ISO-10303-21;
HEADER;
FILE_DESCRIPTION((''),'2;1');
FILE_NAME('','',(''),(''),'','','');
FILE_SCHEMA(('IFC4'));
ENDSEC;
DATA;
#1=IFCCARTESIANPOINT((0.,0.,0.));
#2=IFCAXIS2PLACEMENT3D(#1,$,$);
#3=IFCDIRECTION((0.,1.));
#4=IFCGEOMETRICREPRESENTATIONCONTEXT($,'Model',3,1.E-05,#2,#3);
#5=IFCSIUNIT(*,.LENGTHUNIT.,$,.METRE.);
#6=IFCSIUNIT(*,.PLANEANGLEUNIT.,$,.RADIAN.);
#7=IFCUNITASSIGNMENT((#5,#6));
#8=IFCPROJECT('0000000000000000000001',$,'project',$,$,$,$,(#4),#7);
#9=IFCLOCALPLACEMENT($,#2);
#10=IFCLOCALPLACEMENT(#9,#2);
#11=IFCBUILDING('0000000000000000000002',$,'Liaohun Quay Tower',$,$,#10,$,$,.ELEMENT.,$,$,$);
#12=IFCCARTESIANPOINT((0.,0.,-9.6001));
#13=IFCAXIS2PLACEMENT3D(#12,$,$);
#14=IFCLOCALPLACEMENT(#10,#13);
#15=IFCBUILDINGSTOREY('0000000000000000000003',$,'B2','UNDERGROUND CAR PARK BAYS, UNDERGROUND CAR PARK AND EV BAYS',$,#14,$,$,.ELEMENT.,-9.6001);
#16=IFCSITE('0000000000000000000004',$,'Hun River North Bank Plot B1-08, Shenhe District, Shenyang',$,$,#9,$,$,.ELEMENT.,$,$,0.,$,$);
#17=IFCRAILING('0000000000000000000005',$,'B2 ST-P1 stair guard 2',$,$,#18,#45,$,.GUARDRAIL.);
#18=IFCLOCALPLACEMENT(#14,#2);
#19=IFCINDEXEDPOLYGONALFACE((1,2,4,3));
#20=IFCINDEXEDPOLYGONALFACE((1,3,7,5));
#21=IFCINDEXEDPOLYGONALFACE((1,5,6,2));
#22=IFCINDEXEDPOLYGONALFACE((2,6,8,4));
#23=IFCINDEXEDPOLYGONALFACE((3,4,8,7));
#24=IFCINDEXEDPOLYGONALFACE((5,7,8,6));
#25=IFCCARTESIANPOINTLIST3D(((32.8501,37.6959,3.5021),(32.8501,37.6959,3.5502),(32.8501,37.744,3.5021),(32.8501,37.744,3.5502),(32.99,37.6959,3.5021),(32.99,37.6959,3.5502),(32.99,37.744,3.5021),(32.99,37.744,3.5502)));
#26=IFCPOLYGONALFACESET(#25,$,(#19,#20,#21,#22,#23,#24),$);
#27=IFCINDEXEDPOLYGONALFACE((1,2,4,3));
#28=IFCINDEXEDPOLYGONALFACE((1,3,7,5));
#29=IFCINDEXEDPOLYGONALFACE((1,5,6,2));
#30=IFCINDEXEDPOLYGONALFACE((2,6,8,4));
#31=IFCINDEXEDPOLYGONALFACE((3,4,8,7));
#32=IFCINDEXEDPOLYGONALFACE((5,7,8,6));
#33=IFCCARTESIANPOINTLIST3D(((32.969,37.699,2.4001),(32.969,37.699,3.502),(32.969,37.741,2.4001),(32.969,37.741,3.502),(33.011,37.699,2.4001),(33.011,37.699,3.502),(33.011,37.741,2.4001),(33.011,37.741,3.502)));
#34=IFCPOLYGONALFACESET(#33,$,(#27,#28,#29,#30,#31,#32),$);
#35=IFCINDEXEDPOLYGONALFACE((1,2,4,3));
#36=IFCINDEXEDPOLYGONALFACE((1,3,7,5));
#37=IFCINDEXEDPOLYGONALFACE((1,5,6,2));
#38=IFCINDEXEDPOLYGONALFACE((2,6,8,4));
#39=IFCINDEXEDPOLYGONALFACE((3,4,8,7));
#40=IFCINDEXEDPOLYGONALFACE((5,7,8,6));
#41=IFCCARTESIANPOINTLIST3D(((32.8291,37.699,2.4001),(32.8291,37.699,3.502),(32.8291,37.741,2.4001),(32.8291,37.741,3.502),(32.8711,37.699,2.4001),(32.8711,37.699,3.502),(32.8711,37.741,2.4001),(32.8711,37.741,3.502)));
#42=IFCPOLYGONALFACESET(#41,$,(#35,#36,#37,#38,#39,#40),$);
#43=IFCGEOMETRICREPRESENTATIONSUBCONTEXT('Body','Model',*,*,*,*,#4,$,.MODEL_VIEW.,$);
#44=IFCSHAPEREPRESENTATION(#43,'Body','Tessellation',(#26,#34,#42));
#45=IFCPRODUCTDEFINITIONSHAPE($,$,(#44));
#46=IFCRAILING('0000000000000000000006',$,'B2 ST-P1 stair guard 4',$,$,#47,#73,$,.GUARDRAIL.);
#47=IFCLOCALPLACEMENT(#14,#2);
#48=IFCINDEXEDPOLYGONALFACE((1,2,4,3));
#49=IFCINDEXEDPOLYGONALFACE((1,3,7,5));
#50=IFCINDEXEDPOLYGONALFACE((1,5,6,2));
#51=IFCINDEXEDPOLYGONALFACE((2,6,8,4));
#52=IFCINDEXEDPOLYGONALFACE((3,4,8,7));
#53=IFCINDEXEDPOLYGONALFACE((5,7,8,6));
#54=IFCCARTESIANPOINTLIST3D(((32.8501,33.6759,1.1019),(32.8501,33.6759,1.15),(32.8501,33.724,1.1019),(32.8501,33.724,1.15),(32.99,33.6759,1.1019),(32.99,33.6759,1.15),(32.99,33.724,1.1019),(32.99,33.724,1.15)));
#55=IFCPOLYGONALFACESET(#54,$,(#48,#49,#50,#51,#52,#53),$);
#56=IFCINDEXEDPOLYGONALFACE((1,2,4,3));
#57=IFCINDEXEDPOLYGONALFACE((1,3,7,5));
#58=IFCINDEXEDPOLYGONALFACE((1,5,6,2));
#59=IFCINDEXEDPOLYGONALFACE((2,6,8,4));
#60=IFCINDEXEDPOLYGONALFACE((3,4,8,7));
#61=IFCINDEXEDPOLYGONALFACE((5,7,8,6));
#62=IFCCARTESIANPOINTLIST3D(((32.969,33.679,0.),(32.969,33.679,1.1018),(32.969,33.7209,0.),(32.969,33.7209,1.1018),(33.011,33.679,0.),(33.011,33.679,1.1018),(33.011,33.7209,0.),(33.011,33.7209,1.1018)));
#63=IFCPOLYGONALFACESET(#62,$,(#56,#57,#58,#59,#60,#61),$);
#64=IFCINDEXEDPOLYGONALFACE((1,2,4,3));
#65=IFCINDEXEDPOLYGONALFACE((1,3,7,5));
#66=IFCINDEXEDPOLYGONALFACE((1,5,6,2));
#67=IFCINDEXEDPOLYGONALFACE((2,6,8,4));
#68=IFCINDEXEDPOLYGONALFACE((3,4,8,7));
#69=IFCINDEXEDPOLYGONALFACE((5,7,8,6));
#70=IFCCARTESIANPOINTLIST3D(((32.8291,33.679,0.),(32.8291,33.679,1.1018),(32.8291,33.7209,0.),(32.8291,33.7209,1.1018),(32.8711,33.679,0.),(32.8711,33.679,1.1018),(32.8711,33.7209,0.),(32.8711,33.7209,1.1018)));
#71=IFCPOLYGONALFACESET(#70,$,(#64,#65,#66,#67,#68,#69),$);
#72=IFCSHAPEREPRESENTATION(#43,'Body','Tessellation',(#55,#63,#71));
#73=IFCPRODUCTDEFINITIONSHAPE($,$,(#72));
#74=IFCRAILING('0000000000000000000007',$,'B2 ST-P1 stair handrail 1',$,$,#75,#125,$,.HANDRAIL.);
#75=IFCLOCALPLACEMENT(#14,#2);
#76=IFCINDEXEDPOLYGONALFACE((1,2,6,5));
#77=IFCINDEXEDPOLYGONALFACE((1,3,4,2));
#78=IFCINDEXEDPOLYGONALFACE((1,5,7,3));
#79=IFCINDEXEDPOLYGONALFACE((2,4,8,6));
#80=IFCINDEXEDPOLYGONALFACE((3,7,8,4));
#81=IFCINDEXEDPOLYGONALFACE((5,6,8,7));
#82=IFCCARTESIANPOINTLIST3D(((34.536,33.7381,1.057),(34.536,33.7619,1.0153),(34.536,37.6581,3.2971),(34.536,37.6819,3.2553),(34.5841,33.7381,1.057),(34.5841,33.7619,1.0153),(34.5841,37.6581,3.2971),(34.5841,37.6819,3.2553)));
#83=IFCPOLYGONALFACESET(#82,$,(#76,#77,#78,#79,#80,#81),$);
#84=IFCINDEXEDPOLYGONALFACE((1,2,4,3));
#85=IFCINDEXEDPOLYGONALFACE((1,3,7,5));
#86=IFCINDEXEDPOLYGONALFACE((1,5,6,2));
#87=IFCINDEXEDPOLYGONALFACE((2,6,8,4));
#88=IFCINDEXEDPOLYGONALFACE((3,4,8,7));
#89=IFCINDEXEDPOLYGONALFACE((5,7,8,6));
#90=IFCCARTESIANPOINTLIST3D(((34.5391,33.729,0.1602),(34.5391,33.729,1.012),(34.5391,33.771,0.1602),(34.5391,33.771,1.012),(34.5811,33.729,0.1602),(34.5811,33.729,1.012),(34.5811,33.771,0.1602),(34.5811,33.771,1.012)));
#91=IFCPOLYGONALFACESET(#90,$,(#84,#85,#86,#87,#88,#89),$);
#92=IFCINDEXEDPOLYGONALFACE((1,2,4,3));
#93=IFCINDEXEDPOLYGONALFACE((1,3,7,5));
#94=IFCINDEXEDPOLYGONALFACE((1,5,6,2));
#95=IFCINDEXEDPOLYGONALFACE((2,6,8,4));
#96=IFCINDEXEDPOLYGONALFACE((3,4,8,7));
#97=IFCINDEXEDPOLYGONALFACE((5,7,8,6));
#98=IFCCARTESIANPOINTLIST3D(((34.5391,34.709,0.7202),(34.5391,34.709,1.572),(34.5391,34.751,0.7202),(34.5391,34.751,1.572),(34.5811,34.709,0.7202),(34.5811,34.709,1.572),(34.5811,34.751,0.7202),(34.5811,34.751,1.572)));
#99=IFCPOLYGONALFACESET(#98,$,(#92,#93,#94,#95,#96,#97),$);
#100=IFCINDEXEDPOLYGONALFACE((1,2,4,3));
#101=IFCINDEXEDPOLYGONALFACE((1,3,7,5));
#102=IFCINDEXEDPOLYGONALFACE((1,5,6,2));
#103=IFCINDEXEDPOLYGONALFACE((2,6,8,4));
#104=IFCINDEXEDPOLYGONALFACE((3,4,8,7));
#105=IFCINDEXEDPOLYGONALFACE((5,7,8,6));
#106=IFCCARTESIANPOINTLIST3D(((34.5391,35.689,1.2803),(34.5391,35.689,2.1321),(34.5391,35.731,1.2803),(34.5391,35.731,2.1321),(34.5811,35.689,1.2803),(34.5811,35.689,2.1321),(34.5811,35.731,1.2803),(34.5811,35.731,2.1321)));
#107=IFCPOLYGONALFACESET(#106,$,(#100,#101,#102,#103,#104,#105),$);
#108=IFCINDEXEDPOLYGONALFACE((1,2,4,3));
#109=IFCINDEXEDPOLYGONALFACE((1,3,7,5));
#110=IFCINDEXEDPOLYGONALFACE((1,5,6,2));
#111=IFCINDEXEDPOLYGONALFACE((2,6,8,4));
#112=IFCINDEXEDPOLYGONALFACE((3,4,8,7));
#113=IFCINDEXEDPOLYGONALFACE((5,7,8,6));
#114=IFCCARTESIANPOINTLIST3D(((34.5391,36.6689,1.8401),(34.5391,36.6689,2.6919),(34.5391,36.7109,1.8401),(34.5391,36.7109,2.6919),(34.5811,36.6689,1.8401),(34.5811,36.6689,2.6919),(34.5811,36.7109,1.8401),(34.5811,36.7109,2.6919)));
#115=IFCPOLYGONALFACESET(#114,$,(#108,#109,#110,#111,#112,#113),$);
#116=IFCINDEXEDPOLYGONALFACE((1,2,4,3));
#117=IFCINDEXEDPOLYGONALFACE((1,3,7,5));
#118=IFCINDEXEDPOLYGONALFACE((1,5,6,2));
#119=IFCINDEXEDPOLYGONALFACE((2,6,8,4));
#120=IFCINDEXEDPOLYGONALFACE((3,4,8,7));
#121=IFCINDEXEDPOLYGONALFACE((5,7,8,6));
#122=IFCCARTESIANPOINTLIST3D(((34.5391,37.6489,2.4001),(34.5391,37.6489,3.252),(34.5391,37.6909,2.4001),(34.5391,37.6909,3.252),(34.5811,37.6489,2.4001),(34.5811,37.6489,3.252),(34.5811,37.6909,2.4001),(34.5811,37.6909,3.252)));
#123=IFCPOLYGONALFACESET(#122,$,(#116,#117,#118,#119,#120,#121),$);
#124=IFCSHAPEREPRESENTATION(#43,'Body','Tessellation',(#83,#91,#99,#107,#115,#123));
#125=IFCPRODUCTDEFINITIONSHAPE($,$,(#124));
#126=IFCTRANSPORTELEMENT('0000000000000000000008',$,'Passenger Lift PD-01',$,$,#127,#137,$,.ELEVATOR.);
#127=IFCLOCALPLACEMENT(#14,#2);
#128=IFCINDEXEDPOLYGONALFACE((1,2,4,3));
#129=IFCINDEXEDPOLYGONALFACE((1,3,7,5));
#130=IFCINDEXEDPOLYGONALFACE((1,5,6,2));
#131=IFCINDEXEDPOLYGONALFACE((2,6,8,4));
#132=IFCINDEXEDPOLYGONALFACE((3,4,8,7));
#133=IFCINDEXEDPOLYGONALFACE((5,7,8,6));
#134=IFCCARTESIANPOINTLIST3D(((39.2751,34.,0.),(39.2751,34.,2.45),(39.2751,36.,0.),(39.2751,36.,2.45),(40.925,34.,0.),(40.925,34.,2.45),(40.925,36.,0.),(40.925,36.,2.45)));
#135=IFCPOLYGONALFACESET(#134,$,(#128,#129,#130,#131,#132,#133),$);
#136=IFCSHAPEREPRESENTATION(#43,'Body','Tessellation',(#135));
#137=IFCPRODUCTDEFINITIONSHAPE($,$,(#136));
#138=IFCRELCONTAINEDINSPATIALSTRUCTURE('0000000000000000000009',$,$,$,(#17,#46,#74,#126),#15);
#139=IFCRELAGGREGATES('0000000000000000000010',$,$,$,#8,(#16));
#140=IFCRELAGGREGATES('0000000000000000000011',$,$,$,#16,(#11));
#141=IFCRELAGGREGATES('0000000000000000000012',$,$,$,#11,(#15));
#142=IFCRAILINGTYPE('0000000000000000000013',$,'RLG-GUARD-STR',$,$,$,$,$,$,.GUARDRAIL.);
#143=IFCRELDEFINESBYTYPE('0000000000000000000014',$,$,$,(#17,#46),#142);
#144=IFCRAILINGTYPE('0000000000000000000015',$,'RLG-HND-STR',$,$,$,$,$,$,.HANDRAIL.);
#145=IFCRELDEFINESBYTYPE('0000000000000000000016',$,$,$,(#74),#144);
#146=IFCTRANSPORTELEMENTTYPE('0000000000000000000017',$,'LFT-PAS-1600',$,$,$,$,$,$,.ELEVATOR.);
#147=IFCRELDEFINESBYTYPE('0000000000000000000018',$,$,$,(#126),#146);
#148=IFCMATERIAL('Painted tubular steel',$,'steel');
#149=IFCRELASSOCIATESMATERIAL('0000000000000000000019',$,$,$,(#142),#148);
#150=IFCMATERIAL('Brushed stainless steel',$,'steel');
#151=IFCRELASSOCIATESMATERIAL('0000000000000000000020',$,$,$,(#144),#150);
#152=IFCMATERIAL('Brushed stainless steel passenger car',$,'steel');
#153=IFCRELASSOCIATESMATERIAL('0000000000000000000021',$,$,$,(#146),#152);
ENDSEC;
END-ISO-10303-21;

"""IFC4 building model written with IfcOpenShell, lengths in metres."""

from ifc_helpers import new_model, si_unit, direction, frame, origin, origin_2d, place, context, subcontext, project, spatial, rectangle, extrude, source, transform, mapped, material, type_object, element, save


model = new_model("IFC4")

# Units and contexts
model_context = context("Model", 3, precision=1e-05, world=origin(), true_north=direction((0.0, 1.0)))
body_context = subcontext(model_context, "Body", "Model", "MODEL_VIEW")
ifc_project = project(units=[si_unit("LENGTHUNIT", "METRE"), si_unit("PLANEANGLEUNIT", "RADIAN")], contexts=[model_context])

# Site, building, storey
site_placement = place(None, origin())
site = spatial("IfcSite", under=ifc_project, at=site_placement, Name="Hun River North Bank Plot B1-08, Shenhe District, Shenyang", CompositionType="ELEMENT", RefElevation=0.0)
building_placement = place(site_placement, origin())
building = spatial("IfcBuilding", under=site, at=building_placement, Name="Liaohun Quay Tower", CompositionType="ELEMENT")
storey_placement = place(building_placement, frame((0.0, 0.0, -9.6001)))
storey = spatial("IfcBuildingStorey", under=building, at=storey_placement, Name="B2", Description="UNDERGROUND CAR PARK BAYS, UNDERGROUND CAR PARK AND EV BAYS", CompositionType="ELEMENT", Elevation=-9.6001)

# Railings
ifc_material_1 = material(Name="Painted tubular steel", Category="steel")
railing_type_1 = type_object("IfcRailingType", Name="RLG-GUARD-STR", PredefinedType="GUARDRAIL", material=ifc_material_1)
for number, where, name in (
    (1, (32.99, 37.72, 2.4001), "B2 ST-P1 stair guard 2"),
    (2, (32.99, 33.7, 0.0), "B2 ST-P1 stair guard 4"),
):
    element("IfcRailing", number, at=place(storey_placement, frame(where)), inside=storey, type_object=railing_type_1, Name=name, PredefinedType="GUARDRAIL", context=body_context, shape_type="SweptSolid", body=[
        extrude(rectangle(XDim=0.0481, YDim=0.0481, at=origin_2d()), frame((0.0, 0.0, 1.126), z_axis=(-1.0, 0.0, 0.0), x_axis=(0.0, -1.0, 0.0)), (0.0, 0.0, 1.0), 0.1399),
        extrude(rectangle(XDim=0.042, YDim=0.042, at=origin_2d()), origin(), (0.0, 0.0, 1.0), 1.1018),
        extrude(rectangle(XDim=0.042, YDim=0.042, at=origin_2d()), frame((-0.1399, 0.0, 0.0)), (0.0, 0.0, 1.0), 1.1018),
    ])
ifc_material_2 = material(Name="Brushed stainless steel", Category="steel")
railing_type_2 = type_object("IfcRailingType", Name="RLG-HND-STR", PredefinedType="HANDRAIL", material=ifc_material_2)
railing_1_placement = place(storey_placement, frame((34.5601, 33.75, 0.1602)))
element("IfcRailing", 3, at=railing_1_placement, inside=storey, type_object=railing_type_2, Name="B2 ST-P1 stair handrail 1", PredefinedType="HANDRAIL", context=body_context, shape_type="SweptSolid", body=[
    extrude(rectangle(XDim=0.0481, YDim=0.0481, at=origin_2d()), frame((0.0, 0.0, 0.876), z_axis=(0.0, 0.86824, 0.496145), x_axis=(-1.0, 0.0, 0.0)), (0.0, 0.0, 1.0), 4.5149),
    extrude(rectangle(XDim=0.042, YDim=0.042, at=origin_2d()), origin(), (0.0, 0.0, 1.0), 0.8518),
    extrude(rectangle(XDim=0.042, YDim=0.042, at=origin_2d()), frame((0.0, 0.98, 0.5601)), (0.0, 0.0, 1.0), 0.8518),
    extrude(rectangle(XDim=0.042, YDim=0.042, at=origin_2d()), frame((0.0, 1.96, 1.1201)), (0.0, 0.0, 1.0), 0.8518),
    extrude(rectangle(XDim=0.042, YDim=0.042, at=origin_2d()), frame((0.0, 2.9399, 1.6799)), (0.0, 0.0, 1.0), 0.8518),
    extrude(rectangle(XDim=0.042, YDim=0.042, at=origin_2d()), frame((0.0, 3.9199, 2.24)), (0.0, 0.0, 1.0), 0.8518),
])

# Transport element
ifc_material_3 = material(Name="Brushed stainless steel passenger car", Category="steel")
transport_element_type = type_object("IfcTransportElementType", Name="LFT-PAS-1600", PredefinedType="ELEVATOR", material=ifc_material_3)
shared_shape_1 = source(origin(), body_context, "Body", "SweptSolid", [
    extrude(rectangle(XDim=1.6499, YDim=2.0, at=origin_2d()), origin(), (0.0, 0.0, 1.0), 2.45),
])
transport_element_placement = place(storey_placement, frame((40.1001, 35.0, 0.0), z_axis=(0.0, 0.0, 1.0), x_axis=(1.0, 0.0, 0.0)))
element("IfcTransportElement", 4, at=transport_element_placement, inside=storey, type_object=transport_element_type, Name="Passenger Lift PD-01", PredefinedType="ELEVATOR", context=body_context, shape_type="MappedRepresentation", body=[
    mapped(shared_shape_1, transform((0.0, 0.0, 0.0), x_axis=(1.0, 0.0, 0.0), y_axis=(0.0, 1.0, 0.0), z_axis=(0.0, 0.0, 1.0), scale=1.0)),
])

save(model, "model.ifc")
